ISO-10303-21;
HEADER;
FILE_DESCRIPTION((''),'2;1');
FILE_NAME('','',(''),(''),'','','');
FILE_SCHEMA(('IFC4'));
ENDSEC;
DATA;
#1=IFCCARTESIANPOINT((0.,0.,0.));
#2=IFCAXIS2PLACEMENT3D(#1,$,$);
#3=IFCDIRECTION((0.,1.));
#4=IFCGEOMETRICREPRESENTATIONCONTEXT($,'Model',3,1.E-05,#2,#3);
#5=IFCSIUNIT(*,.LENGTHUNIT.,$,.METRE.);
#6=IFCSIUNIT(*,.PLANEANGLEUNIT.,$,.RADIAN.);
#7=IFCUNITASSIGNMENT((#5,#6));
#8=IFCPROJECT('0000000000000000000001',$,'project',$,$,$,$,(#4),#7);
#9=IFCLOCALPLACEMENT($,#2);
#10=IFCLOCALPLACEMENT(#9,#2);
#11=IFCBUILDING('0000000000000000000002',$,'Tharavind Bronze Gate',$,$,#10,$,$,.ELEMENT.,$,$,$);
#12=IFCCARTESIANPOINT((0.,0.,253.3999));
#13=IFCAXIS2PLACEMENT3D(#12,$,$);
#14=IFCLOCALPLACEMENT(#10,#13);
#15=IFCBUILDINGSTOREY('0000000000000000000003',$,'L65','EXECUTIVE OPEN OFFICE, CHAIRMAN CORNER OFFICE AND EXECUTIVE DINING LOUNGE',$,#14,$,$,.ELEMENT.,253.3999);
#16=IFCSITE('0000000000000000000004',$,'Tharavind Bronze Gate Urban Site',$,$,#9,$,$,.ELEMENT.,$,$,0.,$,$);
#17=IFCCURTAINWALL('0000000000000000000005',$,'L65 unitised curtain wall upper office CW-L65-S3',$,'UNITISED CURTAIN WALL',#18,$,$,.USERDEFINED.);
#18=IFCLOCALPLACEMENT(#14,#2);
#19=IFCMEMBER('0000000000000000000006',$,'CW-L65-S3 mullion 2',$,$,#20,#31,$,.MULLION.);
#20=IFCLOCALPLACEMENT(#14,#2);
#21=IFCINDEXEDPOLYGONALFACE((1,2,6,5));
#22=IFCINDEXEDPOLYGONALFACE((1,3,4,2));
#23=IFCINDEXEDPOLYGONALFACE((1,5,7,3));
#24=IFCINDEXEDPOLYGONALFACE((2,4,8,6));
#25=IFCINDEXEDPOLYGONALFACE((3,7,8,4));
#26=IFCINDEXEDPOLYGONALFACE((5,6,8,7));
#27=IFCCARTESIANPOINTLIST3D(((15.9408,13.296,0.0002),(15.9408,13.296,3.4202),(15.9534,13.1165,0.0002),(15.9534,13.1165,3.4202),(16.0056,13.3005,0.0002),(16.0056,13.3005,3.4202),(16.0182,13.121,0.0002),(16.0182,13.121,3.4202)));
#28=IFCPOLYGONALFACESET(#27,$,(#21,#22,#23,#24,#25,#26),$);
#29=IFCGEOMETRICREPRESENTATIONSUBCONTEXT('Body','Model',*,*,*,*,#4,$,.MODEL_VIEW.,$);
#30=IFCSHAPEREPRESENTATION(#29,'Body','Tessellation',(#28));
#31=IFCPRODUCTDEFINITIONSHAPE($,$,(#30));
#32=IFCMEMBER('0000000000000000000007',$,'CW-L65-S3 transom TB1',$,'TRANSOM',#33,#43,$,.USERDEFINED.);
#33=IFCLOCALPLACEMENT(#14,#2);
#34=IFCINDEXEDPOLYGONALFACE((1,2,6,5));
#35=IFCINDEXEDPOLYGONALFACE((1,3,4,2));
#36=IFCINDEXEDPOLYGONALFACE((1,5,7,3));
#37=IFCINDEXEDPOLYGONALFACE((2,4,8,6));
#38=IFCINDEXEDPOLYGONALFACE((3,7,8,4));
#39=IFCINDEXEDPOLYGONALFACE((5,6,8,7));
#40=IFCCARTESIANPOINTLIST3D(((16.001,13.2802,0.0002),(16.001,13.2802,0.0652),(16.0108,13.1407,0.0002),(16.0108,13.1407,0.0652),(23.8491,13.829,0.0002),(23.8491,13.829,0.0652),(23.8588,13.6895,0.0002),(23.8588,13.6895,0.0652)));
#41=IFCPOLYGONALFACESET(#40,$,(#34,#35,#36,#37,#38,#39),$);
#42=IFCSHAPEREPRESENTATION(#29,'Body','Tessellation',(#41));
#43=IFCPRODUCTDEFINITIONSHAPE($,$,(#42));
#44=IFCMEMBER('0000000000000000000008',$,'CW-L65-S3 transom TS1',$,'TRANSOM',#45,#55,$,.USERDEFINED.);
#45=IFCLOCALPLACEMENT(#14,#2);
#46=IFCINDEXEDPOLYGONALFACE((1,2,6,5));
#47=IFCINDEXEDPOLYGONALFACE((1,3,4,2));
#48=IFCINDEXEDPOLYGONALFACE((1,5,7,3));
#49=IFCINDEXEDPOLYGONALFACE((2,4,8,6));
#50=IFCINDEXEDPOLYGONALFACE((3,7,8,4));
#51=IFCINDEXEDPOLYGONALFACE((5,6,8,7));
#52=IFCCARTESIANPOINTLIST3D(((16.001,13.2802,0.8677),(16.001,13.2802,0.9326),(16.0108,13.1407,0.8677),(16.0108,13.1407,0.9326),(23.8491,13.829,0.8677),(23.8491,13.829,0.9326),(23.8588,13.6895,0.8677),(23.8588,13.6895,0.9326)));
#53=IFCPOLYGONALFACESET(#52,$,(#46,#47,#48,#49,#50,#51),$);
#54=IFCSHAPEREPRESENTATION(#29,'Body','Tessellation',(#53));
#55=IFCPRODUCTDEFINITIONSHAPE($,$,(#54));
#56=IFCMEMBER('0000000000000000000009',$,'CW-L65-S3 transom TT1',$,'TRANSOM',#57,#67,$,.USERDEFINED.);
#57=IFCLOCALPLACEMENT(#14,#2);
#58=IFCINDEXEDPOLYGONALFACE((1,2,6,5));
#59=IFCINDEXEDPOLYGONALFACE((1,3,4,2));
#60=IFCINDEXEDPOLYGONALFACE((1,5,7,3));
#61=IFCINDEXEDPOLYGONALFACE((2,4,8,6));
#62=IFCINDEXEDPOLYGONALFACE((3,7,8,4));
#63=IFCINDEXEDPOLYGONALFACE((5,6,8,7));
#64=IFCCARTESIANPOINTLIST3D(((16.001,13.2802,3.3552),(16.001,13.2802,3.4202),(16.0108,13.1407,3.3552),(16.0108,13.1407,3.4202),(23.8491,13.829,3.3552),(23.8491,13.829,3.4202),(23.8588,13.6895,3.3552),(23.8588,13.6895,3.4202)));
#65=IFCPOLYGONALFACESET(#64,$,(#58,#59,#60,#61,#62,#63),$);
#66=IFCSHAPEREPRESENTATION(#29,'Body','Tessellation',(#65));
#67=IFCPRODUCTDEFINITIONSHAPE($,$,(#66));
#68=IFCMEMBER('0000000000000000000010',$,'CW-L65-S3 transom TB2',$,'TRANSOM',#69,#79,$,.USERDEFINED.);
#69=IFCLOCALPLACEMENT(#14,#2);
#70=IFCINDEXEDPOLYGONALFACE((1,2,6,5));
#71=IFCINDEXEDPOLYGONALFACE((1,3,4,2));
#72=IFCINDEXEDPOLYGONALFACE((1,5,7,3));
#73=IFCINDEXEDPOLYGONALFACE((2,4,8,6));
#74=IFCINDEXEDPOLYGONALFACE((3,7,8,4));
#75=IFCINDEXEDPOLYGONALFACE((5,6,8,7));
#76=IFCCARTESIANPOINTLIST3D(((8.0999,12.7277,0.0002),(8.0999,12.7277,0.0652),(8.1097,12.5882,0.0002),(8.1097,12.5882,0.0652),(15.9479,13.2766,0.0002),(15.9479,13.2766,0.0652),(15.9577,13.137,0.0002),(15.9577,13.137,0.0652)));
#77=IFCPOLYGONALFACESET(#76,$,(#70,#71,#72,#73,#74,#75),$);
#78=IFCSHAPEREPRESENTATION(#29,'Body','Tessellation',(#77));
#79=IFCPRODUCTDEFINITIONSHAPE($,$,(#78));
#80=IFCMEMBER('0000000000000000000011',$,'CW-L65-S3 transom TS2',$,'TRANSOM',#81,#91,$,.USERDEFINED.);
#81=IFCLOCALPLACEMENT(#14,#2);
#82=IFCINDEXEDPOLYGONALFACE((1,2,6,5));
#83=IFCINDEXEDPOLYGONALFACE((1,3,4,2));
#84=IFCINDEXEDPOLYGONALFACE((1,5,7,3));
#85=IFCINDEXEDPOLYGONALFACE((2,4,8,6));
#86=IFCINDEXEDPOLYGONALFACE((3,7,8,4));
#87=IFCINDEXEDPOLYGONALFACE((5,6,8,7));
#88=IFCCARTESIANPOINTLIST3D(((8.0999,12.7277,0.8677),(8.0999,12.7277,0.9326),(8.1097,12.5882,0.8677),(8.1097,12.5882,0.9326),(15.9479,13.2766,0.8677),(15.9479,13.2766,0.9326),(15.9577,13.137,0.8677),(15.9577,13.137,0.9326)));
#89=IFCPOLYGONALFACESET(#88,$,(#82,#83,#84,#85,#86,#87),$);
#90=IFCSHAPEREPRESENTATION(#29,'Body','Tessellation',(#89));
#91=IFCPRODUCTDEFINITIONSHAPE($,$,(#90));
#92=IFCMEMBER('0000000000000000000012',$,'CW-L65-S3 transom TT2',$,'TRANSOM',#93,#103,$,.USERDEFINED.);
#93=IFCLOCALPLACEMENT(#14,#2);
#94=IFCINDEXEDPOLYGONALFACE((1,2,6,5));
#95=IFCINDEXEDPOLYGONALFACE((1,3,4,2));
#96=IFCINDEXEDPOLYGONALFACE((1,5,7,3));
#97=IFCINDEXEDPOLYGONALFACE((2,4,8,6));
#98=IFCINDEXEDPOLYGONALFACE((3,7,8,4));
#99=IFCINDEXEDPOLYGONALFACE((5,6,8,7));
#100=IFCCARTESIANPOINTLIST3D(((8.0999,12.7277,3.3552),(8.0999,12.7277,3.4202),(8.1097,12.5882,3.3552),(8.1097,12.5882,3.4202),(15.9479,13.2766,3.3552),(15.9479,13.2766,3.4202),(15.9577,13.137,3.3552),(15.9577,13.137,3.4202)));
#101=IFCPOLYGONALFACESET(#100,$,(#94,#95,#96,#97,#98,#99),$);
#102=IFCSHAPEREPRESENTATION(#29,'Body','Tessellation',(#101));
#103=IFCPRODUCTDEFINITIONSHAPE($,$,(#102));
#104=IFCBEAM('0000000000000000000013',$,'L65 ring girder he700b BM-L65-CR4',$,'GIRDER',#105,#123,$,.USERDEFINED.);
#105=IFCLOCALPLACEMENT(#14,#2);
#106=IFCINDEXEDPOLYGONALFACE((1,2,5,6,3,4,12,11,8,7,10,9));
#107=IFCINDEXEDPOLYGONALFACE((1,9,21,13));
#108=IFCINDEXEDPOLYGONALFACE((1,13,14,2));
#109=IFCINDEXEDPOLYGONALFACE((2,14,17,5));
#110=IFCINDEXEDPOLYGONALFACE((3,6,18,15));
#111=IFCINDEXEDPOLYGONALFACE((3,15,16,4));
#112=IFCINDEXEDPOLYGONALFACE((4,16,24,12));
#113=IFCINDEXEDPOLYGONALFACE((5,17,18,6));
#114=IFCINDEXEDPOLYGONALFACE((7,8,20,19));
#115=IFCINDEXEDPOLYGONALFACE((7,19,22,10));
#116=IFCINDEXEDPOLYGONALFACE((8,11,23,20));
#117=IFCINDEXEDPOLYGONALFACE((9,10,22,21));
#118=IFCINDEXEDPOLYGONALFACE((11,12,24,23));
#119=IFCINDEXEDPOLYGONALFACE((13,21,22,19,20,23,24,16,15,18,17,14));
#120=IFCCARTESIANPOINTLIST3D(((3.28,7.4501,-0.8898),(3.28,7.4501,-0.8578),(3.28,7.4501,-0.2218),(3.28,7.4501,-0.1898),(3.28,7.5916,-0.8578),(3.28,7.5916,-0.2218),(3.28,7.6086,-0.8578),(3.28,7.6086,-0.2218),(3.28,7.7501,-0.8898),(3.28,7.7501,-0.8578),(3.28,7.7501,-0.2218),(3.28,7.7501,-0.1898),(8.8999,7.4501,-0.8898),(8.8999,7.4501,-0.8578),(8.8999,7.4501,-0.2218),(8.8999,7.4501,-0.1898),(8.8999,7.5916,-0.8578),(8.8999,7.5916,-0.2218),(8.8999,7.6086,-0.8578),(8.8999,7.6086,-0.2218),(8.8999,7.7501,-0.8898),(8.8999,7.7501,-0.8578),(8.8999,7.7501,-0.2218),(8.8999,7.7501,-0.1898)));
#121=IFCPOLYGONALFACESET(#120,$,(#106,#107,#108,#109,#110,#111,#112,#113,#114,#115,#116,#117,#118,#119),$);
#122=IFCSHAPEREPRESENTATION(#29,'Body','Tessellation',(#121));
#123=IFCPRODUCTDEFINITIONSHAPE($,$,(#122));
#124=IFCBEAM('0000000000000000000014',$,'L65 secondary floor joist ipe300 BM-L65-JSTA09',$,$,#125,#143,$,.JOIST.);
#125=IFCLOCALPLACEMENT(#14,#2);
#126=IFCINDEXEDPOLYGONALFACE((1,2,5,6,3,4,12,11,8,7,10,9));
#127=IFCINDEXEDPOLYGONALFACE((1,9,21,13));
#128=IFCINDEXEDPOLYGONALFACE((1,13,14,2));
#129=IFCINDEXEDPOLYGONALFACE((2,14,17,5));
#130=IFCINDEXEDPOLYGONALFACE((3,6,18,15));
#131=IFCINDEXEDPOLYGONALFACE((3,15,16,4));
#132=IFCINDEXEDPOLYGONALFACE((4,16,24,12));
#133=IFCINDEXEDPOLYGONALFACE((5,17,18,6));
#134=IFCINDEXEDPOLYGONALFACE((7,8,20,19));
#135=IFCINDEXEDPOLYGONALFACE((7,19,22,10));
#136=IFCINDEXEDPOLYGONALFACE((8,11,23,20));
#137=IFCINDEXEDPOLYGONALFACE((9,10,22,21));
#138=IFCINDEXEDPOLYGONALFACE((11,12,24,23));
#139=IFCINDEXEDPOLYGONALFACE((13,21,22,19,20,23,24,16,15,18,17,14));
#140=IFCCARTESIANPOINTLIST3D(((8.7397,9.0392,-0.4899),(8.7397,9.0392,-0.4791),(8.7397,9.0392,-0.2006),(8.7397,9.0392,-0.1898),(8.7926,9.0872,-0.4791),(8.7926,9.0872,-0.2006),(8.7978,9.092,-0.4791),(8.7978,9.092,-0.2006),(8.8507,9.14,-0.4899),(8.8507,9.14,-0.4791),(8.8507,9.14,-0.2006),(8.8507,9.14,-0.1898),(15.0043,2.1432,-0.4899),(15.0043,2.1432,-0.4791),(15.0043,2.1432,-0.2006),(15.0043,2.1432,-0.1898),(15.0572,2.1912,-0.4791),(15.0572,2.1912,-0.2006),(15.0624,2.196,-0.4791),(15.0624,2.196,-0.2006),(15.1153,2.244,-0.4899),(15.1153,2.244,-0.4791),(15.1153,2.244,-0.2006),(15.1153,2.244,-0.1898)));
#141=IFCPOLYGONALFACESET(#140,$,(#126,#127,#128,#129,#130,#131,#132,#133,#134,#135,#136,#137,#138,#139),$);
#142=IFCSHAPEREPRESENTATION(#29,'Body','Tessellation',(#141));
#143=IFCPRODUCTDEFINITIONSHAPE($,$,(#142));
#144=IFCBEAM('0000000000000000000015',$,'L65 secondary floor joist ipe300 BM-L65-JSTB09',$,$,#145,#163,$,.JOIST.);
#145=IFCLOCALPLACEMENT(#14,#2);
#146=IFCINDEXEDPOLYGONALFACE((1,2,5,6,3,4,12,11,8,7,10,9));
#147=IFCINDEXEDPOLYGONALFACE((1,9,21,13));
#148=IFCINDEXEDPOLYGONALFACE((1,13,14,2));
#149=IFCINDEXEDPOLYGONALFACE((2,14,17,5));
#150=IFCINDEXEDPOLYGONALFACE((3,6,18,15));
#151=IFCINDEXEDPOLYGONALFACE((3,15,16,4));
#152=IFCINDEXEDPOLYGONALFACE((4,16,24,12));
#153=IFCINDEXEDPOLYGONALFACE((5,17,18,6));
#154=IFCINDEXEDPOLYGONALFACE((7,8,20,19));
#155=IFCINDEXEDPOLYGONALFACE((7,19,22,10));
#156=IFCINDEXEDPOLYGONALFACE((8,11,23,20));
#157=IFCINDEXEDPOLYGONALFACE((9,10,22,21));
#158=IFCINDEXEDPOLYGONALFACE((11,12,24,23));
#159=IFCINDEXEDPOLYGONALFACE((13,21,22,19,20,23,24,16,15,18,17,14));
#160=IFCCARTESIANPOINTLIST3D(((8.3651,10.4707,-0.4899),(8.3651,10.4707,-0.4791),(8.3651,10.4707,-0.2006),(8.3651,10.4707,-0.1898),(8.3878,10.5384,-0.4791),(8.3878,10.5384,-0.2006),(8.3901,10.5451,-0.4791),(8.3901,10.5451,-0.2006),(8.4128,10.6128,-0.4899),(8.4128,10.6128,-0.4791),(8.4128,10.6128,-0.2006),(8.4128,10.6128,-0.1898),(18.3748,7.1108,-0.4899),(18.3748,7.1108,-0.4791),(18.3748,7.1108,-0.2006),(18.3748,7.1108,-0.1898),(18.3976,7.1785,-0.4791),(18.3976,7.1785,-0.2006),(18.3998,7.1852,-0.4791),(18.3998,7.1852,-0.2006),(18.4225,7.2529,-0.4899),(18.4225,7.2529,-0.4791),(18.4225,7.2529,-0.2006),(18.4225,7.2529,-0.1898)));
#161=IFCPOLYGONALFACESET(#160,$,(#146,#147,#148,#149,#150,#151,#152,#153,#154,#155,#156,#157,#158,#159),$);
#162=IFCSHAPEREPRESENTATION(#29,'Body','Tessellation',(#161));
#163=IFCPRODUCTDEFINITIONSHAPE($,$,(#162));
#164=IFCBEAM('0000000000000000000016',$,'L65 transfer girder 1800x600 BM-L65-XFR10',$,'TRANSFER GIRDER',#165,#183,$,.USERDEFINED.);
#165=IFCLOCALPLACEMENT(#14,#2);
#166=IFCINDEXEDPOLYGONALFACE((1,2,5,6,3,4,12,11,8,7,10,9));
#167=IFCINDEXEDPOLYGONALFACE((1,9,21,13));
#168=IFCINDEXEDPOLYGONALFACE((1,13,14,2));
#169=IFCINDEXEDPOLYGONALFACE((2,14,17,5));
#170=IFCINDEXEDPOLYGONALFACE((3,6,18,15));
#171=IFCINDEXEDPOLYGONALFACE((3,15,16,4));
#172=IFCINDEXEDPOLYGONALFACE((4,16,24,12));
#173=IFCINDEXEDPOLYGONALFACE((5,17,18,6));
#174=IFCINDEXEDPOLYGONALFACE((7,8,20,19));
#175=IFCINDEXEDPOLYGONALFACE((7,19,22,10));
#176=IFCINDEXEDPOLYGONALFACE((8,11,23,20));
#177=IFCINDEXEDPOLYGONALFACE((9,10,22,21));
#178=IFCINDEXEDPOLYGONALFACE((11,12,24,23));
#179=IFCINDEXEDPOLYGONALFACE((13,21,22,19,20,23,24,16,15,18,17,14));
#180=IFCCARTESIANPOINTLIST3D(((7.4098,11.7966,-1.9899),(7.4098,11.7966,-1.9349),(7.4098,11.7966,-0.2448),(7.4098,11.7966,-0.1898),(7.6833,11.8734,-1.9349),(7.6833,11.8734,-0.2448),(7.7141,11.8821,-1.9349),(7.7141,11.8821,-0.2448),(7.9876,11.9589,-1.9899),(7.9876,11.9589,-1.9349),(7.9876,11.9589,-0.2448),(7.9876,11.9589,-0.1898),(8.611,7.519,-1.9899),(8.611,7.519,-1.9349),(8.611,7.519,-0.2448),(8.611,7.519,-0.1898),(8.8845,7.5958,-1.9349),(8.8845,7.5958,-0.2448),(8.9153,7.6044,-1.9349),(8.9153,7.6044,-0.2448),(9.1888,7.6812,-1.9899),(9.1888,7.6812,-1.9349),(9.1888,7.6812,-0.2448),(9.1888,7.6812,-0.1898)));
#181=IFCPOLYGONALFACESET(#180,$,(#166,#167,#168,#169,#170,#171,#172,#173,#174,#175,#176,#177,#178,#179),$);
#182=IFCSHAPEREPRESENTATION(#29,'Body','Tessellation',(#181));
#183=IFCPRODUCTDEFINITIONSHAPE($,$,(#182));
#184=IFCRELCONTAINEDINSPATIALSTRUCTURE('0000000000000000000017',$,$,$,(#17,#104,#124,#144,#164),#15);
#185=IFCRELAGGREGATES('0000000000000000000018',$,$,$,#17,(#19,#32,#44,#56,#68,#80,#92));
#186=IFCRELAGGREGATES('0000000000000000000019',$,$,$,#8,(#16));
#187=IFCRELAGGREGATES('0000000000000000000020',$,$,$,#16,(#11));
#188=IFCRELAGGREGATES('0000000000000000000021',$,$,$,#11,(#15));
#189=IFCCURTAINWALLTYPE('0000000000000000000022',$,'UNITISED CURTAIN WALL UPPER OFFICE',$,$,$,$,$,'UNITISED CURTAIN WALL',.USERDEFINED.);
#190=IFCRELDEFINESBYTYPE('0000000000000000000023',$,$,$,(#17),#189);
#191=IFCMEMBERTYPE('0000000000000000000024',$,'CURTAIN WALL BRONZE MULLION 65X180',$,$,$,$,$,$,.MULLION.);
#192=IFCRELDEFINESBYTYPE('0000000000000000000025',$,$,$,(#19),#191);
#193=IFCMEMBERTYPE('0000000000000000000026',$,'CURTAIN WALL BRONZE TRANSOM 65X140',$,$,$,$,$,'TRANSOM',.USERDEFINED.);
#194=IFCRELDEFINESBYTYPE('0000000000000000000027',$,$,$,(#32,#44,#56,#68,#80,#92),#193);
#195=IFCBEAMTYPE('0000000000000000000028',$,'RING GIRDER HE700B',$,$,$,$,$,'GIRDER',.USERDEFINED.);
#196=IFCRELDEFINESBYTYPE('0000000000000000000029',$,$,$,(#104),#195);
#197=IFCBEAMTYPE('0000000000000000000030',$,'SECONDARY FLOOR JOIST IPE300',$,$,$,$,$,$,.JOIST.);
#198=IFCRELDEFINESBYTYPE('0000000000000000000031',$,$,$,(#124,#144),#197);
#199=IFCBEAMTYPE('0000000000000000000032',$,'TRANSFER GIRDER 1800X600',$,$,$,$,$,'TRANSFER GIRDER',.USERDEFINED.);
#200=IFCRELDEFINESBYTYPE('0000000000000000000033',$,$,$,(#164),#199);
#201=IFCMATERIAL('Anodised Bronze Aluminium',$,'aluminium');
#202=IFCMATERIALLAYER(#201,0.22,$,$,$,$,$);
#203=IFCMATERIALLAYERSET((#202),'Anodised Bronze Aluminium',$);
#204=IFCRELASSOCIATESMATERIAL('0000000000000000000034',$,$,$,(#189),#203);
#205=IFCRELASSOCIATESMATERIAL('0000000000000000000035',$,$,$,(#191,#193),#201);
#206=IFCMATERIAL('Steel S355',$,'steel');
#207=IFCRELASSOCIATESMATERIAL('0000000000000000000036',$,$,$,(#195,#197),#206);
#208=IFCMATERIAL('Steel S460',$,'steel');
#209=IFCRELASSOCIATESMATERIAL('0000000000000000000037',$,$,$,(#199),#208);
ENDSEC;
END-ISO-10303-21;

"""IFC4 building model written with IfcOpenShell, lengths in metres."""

from ifc_helpers import new_model, si_unit, direction, frame, origin, origin_2d, place, context, subcontext, project, spatial, rectangle, i_section, extrude, material, layer, layer_set, material_profile, profile_set, type_object, element, aggregate, save


model = new_model("IFC4")

# Units and contexts
model_context = context("Model", 3, precision=1e-05, world=origin(), true_north=direction((0.0, 1.0)))
body_context = subcontext(model_context, "Body", "Model", "MODEL_VIEW")
ifc_project = project(units=[si_unit("LENGTHUNIT", "METRE"), si_unit("PLANEANGLEUNIT", "RADIAN")], contexts=[model_context])

# Site, building, storey
site_placement = place(None, origin())
site = spatial("IfcSite", under=ifc_project, at=site_placement, Name="Tharavind Bronze Gate Urban Site", CompositionType="ELEMENT", RefElevation=0.0)
building_placement = place(site_placement, origin())
building = spatial("IfcBuilding", under=site, at=building_placement, Name="Tharavind Bronze Gate", CompositionType="ELEMENT")
storey_placement = place(building_placement, frame((0.0, 0.0, 253.3999)))
storey = spatial("IfcBuildingStorey", under=building, at=storey_placement, Name="L65", Description="EXECUTIVE OPEN OFFICE, CHAIRMAN CORNER OFFICE AND EXECUTIVE DINING LOUNGE", CompositionType="ELEMENT", Elevation=253.3999)

# Curtain wall, members
ifc_material_1 = material(Name="Anodised Bronze Aluminium", Category="aluminium")
ifc_layer_1 = layer(ifc_material_1, 0.22)
ifc_layer_set_1 = layer_set([ifc_layer_1], Name="Anodised Bronze Aluminium")
curtain_wall_type = type_object("IfcCurtainWallType", Name="UNITISED CURTAIN WALL UPPER OFFICE", ElementType="UNITISED CURTAIN WALL", PredefinedType="USERDEFINED", material=ifc_layer_set_1)
curtain_wall_placement = place(storey_placement, origin())
curtain_wall = element("IfcCurtainWall", 1, at=curtain_wall_placement, inside=storey, type_object=curtain_wall_type, Name="L65 unitised curtain wall upper office CW-L65-S3", ObjectType="UNITISED CURTAIN WALL", PredefinedType="USERDEFINED")
member_type_1 = type_object("IfcMemberType", Name="CURTAIN WALL BRONZE MULLION 65X180", PredefinedType="MULLION", material=ifc_material_1)
member_1_placement = place(storey_placement, frame((15.9795, 13.2085, 0.0002), z_axis=(0.0, 0.0, 1.0), x_axis=(-0.997564, -0.06976, 0.0)))
member_1 = element("IfcMember", 2, at=member_1_placement, type_object=member_type_1, Name="CW-L65-S3 mullion 2", PredefinedType="MULLION", context=body_context, shape_type="SweptSolid", body=[
    extrude(rectangle(XDim=0.0649, YDim=0.1799, at=origin_2d()), origin(), (0.0, 0.0, 1.0), 3.4199),
])
member_type_2 = type_object("IfcMemberType", Name="CURTAIN WALL BRONZE TRANSOM 65X140", ElementType="TRANSOM", PredefinedType="USERDEFINED", material=ifc_material_1)
member_2_placement = place(storey_placement, frame((19.9299, 13.4849, 0.0002), z_axis=(0.0, 0.0, 1.0), x_axis=(-0.997564, -0.06976, 0.0)))
member_2 = element("IfcMember", 3, at=member_2_placement, type_object=member_type_2, Name="CW-L65-S3 transom TB1", ObjectType="TRANSOM", PredefinedType="USERDEFINED", context=body_context, shape_type="SweptSolid", body=[
    extrude(rectangle(XDim=7.8672, YDim=0.1399, at=origin_2d()), origin(), (0.0, 0.0, 1.0), 0.0649),
])
member_3_placement = place(storey_placement, frame((19.9299, 13.4849, 0.8677), z_axis=(0.0, 0.0, 1.0), x_axis=(-0.997564, -0.06976, 0.0)))
member_3 = element("IfcMember", 4, at=member_3_placement, type_object=member_type_2, Name="CW-L65-S3 transom TS1", ObjectType="TRANSOM", PredefinedType="USERDEFINED", context=body_context, shape_type="SweptSolid", body=[
    extrude(rectangle(XDim=7.8672, YDim=0.1399, at=origin_2d()), origin(), (0.0, 0.0, 1.0), 0.0649),
])
member_4_placement = place(storey_placement, frame((19.9299, 13.4849, 3.3552), z_axis=(0.0, 0.0, 1.0), x_axis=(-0.997564, -0.06976, 0.0)))
member_4 = element("IfcMember", 5, at=member_4_placement, type_object=member_type_2, Name="CW-L65-S3 transom TT1", ObjectType="TRANSOM", PredefinedType="USERDEFINED", context=body_context, shape_type="SweptSolid", body=[
    extrude(rectangle(XDim=7.8672, YDim=0.1399, at=origin_2d()), origin(), (0.0, 0.0, 1.0), 0.0649),
])
member_5_placement = place(storey_placement, frame((12.0288, 12.9324, 0.0002), z_axis=(0.0, 0.0, 1.0), x_axis=(-0.997564, -0.06976, 0.0)))
member_5 = element("IfcMember", 6, at=member_5_placement, type_object=member_type_2, Name="CW-L65-S3 transom TB2", ObjectType="TRANSOM", PredefinedType="USERDEFINED", context=body_context, shape_type="SweptSolid", body=[
    extrude(rectangle(XDim=7.8672, YDim=0.1399, at=origin_2d()), origin(), (0.0, 0.0, 1.0), 0.0649),
])
member_6_placement = place(storey_placement, frame((12.0288, 12.9324, 0.8677), z_axis=(0.0, 0.0, 1.0), x_axis=(-0.997564, -0.06976, 0.0)))
member_6 = element("IfcMember", 7, at=member_6_placement, type_object=member_type_2, Name="CW-L65-S3 transom TS2", ObjectType="TRANSOM", PredefinedType="USERDEFINED", context=body_context, shape_type="SweptSolid", body=[
    extrude(rectangle(XDim=7.8672, YDim=0.1399, at=origin_2d()), origin(), (0.0, 0.0, 1.0), 0.0649),
])
member_7_placement = place(storey_placement, frame((12.0288, 12.9324, 3.3552), z_axis=(0.0, 0.0, 1.0), x_axis=(-0.997564, -0.06976, 0.0)))
member_7 = element("IfcMember", 8, at=member_7_placement, type_object=member_type_2, Name="CW-L65-S3 transom TT2", ObjectType="TRANSOM", PredefinedType="USERDEFINED", context=body_context, shape_type="SweptSolid", body=[
    extrude(rectangle(XDim=7.8672, YDim=0.1399, at=origin_2d()), origin(), (0.0, 0.0, 1.0), 0.0649),
])

# Beams
ifc_material_2 = material(Name="Steel S355", Category="steel")
ifc_material_profile_1 = material_profile(ifc_material_2, i_section(OverallWidth=0.3, OverallDepth=0.7, WebThickness=0.0171, FlangeThickness=0.032, at=origin_2d()), Name="HE700B")
ifc_profile_set_1 = profile_set([ifc_material_profile_1], Name="Steel S355")
beam_type_1 = type_object("IfcBeamType", Name="RING GIRDER HE700B", ElementType="GIRDER", PredefinedType="USERDEFINED", material=ifc_profile_set_1)
beam_1_placement = place(storey_placement, frame((8.8999, 7.6001, -0.5398), z_axis=(-1.0, 0.0, 0.0), x_axis=(0.0, -1.0, 0.0)))
element("IfcBeam", 9, at=beam_1_placement, inside=storey, type_object=beam_type_1, Name="L65 ring girder he700b BM-L65-CR4", ObjectType="GIRDER", PredefinedType="USERDEFINED", context=body_context, shape_type="SweptSolid", body=[
    extrude(i_section(OverallWidth=0.3, OverallDepth=0.7, WebThickness=0.0171, FlangeThickness=0.032, at=origin_2d()), origin(), (0.0, 0.0, 1.0), 5.6199),
])
ifc_material_profile_2 = material_profile(ifc_material_2, i_section(OverallWidth=0.1499, OverallDepth=0.3, WebThickness=0.0071, FlangeThickness=0.0107, at=origin_2d()), Name="IPE300")
ifc_profile_set_2 = profile_set([ifc_material_profile_2], Name="Steel S355")
beam_type_2 = type_object("IfcBeamType", Name="SECONDARY FLOOR JOIST IPE300", PredefinedType="JOIST", material=ifc_profile_set_2)
beam_2_placement = place(storey_placement, frame((15.0598, 2.1936, -0.3398), z_axis=(-0.672412, 0.740177, 0.0), x_axis=(-0.740177, -0.672412, 0.0)))
element("IfcBeam", 10, at=beam_2_placement, inside=storey, type_object=beam_type_2, Name="L65 secondary floor joist ipe300 BM-L65-JSTA09", PredefinedType="JOIST", context=body_context, shape_type="SweptSolid", body=[
    extrude(i_section(OverallWidth=0.1499, OverallDepth=0.3, WebThickness=0.0071, FlangeThickness=0.0107, at=origin_2d()), origin(), (0.0, 0.0, 1.0), 9.3167),
])
beam_3_placement = place(storey_placement, frame((18.3987, 7.1819, -0.3398), z_axis=(-0.94802, 0.318211, 0.0), x_axis=(-0.318211, -0.94802, 0.0)))
element("IfcBeam", 11, at=beam_3_placement, inside=storey, type_object=beam_type_2, Name="L65 secondary floor joist ipe300 BM-L65-JSTB09", PredefinedType="JOIST", context=body_context, shape_type="SweptSolid", body=[
    extrude(i_section(OverallWidth=0.1499, OverallDepth=0.3, WebThickness=0.0071, FlangeThickness=0.0107, at=origin_2d()), origin(), (0.0, 0.0, 1.0), 10.5586),
])
ifc_material_3 = material(Name="Steel S460", Category="steel")
ifc_material_profile_3 = material_profile(ifc_material_3, i_section(OverallWidth=0.6001, OverallDepth=1.8, WebThickness=0.032, FlangeThickness=0.0549, at=origin_2d()), Name="PG1800X600")
ifc_profile_set_3 = profile_set([ifc_material_profile_3], Name="Steel S460")
beam_type_3 = type_object("IfcBeamType", Name="TRANSFER GIRDER 1800X600", ElementType="TRANSFER GIRDER", PredefinedType="USERDEFINED", material=ifc_profile_set_3)
beam_4_placement = place(storey_placement, frame((8.8999, 7.6001, -1.0898), z_axis=(-0.270349, 0.962762, 0.0), x_axis=(-0.962762, -0.270349, 0.0)))
element("IfcBeam", 12, at=beam_4_placement, inside=storey, type_object=beam_type_3, Name="L65 transfer girder 1800x600 BM-L65-XFR10", ObjectType="TRANSFER GIRDER", PredefinedType="USERDEFINED", context=body_context, shape_type="SweptSolid", body=[
    extrude(i_section(OverallWidth=0.6001, OverallDepth=1.8, WebThickness=0.032, FlangeThickness=0.0549, at=origin_2d()), origin(), (0.0, 0.0, 1.0), 4.4431),
])

aggregate(curtain_wall, [member_1, member_2, member_3, member_4, member_5, member_6, member_7])

save(model, "model.ifc")
